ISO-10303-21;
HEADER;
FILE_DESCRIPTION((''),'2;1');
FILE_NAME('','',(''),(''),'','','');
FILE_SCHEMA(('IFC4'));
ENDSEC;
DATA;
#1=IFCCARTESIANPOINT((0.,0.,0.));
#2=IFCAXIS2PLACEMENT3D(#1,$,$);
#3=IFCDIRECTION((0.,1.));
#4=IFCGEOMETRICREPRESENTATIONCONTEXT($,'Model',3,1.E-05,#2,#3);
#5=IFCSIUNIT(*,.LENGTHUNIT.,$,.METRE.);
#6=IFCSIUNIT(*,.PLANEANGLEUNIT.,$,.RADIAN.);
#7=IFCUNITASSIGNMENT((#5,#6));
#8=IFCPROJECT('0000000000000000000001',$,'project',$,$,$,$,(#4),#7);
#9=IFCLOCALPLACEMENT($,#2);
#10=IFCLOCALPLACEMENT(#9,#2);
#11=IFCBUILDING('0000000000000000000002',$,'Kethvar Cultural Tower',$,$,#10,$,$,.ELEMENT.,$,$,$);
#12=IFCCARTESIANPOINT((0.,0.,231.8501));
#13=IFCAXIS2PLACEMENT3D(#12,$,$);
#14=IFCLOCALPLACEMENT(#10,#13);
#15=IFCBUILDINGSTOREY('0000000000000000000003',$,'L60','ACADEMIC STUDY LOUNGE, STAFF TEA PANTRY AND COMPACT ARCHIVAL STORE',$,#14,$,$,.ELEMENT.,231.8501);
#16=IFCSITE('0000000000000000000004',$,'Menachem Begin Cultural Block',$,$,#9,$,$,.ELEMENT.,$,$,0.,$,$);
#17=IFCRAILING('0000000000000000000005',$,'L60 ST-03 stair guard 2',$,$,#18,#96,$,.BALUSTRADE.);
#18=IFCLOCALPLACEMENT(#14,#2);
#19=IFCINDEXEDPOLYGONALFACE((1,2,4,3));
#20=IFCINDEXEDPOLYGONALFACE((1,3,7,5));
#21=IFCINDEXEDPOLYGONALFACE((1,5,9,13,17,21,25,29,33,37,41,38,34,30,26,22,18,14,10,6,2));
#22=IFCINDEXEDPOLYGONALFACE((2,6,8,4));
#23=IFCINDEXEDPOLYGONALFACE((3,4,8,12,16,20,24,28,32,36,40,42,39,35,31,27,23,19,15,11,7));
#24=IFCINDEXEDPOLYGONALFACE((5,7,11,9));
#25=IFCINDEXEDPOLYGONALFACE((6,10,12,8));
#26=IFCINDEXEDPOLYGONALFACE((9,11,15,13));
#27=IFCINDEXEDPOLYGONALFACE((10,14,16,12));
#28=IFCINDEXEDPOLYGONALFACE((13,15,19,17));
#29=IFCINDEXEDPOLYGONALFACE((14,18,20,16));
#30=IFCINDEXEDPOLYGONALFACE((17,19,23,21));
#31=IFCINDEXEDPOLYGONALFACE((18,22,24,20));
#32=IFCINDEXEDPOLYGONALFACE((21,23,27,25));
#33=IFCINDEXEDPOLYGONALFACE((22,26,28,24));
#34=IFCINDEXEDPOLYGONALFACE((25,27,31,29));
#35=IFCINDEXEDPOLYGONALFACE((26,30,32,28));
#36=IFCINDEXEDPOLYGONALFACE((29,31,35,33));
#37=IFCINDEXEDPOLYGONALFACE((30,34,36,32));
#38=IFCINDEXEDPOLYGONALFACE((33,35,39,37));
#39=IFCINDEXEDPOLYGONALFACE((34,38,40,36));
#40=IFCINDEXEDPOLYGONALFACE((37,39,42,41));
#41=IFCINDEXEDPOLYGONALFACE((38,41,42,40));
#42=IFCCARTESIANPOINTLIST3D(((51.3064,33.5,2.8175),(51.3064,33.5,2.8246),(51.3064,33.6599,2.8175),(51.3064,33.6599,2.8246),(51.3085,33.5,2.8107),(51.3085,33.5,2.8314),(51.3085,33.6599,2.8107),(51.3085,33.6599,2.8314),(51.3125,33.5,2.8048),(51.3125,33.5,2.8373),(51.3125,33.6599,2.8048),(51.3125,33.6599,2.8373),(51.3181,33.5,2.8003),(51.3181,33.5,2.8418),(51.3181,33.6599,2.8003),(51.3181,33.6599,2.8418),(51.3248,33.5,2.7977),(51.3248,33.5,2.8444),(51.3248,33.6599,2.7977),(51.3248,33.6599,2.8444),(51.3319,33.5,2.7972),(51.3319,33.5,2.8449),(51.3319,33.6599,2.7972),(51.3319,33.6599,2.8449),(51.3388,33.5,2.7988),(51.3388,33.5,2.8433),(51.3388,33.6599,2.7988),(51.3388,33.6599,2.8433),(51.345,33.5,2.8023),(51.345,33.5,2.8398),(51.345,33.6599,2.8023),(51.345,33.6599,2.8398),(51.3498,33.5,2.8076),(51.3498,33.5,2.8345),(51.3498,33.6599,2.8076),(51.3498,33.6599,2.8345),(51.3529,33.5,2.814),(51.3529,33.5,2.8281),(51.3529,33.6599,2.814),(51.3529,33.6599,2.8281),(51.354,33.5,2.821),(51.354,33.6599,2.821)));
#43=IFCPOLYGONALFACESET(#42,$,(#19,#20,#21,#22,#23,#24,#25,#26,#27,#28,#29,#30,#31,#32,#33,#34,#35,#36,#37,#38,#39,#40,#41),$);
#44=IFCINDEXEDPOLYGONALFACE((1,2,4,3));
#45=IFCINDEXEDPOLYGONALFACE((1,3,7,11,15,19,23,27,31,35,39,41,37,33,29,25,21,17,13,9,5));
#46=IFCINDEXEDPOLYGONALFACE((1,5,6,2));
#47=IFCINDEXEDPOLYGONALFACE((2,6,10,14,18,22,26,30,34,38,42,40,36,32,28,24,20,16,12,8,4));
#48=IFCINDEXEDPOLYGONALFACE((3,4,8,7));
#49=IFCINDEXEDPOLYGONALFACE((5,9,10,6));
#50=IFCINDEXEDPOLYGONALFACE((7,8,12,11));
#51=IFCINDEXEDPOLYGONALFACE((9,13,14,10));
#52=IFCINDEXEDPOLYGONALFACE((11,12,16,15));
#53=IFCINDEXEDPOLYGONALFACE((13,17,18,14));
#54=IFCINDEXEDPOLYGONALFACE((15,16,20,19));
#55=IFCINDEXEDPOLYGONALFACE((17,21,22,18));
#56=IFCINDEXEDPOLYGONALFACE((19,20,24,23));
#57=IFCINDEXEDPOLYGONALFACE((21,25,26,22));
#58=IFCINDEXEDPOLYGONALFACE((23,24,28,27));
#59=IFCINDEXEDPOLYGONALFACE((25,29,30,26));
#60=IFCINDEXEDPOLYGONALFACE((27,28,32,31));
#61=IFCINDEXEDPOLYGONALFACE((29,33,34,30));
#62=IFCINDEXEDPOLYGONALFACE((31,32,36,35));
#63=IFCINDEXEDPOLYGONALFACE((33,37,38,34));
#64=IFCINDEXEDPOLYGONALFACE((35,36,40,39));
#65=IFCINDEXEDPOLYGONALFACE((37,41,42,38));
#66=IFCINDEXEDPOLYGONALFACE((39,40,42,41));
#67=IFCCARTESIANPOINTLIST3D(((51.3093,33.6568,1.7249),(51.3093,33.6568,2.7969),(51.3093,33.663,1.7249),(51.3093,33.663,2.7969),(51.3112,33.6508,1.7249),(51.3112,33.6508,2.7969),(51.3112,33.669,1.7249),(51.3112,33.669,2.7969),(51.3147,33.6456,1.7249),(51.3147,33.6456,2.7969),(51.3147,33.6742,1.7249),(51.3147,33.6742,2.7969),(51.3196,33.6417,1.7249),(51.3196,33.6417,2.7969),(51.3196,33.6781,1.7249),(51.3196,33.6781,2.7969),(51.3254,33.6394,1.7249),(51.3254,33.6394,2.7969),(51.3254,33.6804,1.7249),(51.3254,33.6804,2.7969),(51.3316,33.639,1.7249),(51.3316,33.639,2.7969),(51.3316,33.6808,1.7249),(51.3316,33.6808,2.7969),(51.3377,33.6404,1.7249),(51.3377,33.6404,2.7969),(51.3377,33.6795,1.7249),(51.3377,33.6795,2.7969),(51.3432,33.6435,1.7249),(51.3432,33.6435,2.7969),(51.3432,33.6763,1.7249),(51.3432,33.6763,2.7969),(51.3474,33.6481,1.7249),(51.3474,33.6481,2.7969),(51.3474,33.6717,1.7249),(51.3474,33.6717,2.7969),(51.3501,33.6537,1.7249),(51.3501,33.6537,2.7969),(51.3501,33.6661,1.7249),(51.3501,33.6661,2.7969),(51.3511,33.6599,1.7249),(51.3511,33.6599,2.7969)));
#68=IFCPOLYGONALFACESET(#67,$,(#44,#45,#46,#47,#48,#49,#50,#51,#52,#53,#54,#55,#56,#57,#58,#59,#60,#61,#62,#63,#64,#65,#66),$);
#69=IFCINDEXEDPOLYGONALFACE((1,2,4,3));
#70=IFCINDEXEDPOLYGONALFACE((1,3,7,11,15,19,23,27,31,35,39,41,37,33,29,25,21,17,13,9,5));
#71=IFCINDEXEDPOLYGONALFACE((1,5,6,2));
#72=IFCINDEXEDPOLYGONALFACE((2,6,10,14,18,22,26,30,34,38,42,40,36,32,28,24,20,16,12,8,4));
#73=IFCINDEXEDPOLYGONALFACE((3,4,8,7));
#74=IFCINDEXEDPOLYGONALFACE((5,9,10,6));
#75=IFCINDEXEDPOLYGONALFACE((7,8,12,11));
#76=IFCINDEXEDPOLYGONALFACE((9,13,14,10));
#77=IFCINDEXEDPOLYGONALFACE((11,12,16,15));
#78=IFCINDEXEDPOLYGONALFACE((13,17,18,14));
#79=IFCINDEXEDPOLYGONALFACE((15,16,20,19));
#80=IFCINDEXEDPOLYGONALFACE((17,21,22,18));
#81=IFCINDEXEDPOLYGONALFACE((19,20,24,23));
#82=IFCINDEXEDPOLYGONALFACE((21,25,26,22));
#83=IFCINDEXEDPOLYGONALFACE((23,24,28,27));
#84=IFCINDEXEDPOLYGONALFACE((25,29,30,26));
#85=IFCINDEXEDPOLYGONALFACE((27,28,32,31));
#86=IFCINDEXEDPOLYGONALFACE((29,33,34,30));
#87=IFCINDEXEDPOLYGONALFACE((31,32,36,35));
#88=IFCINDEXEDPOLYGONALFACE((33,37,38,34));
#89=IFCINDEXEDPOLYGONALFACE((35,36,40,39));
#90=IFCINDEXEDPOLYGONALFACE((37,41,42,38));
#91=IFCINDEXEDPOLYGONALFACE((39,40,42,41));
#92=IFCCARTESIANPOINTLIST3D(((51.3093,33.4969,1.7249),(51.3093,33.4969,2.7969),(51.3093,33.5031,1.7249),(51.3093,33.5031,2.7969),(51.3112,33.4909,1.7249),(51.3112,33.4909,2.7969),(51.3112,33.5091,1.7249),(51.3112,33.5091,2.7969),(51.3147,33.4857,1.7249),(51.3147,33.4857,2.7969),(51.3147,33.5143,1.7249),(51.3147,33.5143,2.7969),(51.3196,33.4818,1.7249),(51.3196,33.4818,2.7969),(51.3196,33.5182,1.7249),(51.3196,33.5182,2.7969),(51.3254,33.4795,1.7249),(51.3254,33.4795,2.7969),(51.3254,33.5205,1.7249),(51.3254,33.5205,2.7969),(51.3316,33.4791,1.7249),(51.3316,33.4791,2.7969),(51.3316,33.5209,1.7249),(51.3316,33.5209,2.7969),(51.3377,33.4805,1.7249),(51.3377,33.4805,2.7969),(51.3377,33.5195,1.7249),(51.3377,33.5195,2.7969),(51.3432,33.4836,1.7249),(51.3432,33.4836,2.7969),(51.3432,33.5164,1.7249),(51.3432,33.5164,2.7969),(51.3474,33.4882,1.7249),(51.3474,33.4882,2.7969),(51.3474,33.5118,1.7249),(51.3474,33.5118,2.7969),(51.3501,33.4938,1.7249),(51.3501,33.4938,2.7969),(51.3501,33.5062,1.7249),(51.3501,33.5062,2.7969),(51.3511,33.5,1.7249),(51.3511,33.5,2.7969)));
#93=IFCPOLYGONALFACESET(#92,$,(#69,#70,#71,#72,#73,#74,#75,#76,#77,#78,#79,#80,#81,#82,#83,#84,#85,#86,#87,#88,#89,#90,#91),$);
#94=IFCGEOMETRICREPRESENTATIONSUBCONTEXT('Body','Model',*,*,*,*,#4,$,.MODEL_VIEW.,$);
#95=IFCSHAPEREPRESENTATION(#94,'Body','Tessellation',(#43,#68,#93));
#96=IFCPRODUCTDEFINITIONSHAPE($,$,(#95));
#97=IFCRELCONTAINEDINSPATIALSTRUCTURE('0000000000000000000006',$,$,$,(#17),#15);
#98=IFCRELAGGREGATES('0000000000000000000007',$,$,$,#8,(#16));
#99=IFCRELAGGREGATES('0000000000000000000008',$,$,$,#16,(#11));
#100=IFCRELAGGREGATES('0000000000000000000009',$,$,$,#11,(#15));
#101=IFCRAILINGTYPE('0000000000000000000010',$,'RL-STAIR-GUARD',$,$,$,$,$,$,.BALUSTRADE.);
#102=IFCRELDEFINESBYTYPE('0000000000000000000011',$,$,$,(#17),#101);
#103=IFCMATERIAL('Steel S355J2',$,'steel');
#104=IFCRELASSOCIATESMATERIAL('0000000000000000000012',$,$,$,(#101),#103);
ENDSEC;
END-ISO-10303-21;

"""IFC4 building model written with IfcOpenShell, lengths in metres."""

from ifc_helpers import new_model, si_unit, direction, frame, origin, origin_2d, place, context, subcontext, project, spatial, circle, extrude, material, type_object, element, save


model = new_model("IFC4")

# Units and contexts
model_context = context("Model", 3, precision=1e-05, world=origin(), true_north=direction((0.0, 1.0)))
body_context = subcontext(model_context, "Body", "Model", "MODEL_VIEW")
ifc_project = project(units=[si_unit("LENGTHUNIT", "METRE"), si_unit("PLANEANGLEUNIT", "RADIAN")], contexts=[model_context])

# Site, building, storey
site_placement = place(None, origin())
site = spatial("IfcSite", under=ifc_project, at=site_placement, Name="Menachem Begin Cultural Block", CompositionType="ELEMENT", RefElevation=0.0)
building_placement = place(site_placement, origin())
building = spatial("IfcBuilding", under=site, at=building_placement, Name="Kethvar Cultural Tower", CompositionType="ELEMENT")
storey_placement = place(building_placement, frame((0.0, 0.0, 231.8501)))
storey = spatial("IfcBuildingStorey", under=building, at=storey_placement, Name="L60", Description="ACADEMIC STUDY LOUNGE, STAFF TEA PANTRY AND COMPACT ARCHIVAL STORE", CompositionType="ELEMENT", Elevation=231.8501)

# Shared definitions
ifc_material_1 = material(Name="Steel S355J2", Category="steel")

# Railing
railing_type_1 = type_object("IfcRailingType", Name="RL-STAIR-GUARD", PredefinedType="BALUSTRADE", material=ifc_material_1)
railing_1_placement = place(storey_placement, frame((51.3301, 33.6599, 1.7249)))
element("IfcRailing", 1, at=railing_1_placement, inside=storey, type_object=railing_type_1, Name="L60 ST-03 stair guard 2", PredefinedType="BALUSTRADE", context=body_context, shape_type="SweptSolid", body=[
    extrude(circle(Radius=0.0239, at=origin_2d()), frame((0.0, 0.0, 1.0962), z_axis=(0.0, -1.0, 0.0), x_axis=(1.0, 0.0, 0.0)), (0.0, 0.0, 1.0), 0.1599),
    extrude(circle(Radius=0.021, at=origin_2d()), origin(), (0.0, 0.0, 1.0), 1.072),
    extrude(circle(Radius=0.021, at=origin_2d()), frame((0.0, -0.1599, 0.0)), (0.0, 0.0, 1.0), 1.072),
])

save(model, "model.ifc")
